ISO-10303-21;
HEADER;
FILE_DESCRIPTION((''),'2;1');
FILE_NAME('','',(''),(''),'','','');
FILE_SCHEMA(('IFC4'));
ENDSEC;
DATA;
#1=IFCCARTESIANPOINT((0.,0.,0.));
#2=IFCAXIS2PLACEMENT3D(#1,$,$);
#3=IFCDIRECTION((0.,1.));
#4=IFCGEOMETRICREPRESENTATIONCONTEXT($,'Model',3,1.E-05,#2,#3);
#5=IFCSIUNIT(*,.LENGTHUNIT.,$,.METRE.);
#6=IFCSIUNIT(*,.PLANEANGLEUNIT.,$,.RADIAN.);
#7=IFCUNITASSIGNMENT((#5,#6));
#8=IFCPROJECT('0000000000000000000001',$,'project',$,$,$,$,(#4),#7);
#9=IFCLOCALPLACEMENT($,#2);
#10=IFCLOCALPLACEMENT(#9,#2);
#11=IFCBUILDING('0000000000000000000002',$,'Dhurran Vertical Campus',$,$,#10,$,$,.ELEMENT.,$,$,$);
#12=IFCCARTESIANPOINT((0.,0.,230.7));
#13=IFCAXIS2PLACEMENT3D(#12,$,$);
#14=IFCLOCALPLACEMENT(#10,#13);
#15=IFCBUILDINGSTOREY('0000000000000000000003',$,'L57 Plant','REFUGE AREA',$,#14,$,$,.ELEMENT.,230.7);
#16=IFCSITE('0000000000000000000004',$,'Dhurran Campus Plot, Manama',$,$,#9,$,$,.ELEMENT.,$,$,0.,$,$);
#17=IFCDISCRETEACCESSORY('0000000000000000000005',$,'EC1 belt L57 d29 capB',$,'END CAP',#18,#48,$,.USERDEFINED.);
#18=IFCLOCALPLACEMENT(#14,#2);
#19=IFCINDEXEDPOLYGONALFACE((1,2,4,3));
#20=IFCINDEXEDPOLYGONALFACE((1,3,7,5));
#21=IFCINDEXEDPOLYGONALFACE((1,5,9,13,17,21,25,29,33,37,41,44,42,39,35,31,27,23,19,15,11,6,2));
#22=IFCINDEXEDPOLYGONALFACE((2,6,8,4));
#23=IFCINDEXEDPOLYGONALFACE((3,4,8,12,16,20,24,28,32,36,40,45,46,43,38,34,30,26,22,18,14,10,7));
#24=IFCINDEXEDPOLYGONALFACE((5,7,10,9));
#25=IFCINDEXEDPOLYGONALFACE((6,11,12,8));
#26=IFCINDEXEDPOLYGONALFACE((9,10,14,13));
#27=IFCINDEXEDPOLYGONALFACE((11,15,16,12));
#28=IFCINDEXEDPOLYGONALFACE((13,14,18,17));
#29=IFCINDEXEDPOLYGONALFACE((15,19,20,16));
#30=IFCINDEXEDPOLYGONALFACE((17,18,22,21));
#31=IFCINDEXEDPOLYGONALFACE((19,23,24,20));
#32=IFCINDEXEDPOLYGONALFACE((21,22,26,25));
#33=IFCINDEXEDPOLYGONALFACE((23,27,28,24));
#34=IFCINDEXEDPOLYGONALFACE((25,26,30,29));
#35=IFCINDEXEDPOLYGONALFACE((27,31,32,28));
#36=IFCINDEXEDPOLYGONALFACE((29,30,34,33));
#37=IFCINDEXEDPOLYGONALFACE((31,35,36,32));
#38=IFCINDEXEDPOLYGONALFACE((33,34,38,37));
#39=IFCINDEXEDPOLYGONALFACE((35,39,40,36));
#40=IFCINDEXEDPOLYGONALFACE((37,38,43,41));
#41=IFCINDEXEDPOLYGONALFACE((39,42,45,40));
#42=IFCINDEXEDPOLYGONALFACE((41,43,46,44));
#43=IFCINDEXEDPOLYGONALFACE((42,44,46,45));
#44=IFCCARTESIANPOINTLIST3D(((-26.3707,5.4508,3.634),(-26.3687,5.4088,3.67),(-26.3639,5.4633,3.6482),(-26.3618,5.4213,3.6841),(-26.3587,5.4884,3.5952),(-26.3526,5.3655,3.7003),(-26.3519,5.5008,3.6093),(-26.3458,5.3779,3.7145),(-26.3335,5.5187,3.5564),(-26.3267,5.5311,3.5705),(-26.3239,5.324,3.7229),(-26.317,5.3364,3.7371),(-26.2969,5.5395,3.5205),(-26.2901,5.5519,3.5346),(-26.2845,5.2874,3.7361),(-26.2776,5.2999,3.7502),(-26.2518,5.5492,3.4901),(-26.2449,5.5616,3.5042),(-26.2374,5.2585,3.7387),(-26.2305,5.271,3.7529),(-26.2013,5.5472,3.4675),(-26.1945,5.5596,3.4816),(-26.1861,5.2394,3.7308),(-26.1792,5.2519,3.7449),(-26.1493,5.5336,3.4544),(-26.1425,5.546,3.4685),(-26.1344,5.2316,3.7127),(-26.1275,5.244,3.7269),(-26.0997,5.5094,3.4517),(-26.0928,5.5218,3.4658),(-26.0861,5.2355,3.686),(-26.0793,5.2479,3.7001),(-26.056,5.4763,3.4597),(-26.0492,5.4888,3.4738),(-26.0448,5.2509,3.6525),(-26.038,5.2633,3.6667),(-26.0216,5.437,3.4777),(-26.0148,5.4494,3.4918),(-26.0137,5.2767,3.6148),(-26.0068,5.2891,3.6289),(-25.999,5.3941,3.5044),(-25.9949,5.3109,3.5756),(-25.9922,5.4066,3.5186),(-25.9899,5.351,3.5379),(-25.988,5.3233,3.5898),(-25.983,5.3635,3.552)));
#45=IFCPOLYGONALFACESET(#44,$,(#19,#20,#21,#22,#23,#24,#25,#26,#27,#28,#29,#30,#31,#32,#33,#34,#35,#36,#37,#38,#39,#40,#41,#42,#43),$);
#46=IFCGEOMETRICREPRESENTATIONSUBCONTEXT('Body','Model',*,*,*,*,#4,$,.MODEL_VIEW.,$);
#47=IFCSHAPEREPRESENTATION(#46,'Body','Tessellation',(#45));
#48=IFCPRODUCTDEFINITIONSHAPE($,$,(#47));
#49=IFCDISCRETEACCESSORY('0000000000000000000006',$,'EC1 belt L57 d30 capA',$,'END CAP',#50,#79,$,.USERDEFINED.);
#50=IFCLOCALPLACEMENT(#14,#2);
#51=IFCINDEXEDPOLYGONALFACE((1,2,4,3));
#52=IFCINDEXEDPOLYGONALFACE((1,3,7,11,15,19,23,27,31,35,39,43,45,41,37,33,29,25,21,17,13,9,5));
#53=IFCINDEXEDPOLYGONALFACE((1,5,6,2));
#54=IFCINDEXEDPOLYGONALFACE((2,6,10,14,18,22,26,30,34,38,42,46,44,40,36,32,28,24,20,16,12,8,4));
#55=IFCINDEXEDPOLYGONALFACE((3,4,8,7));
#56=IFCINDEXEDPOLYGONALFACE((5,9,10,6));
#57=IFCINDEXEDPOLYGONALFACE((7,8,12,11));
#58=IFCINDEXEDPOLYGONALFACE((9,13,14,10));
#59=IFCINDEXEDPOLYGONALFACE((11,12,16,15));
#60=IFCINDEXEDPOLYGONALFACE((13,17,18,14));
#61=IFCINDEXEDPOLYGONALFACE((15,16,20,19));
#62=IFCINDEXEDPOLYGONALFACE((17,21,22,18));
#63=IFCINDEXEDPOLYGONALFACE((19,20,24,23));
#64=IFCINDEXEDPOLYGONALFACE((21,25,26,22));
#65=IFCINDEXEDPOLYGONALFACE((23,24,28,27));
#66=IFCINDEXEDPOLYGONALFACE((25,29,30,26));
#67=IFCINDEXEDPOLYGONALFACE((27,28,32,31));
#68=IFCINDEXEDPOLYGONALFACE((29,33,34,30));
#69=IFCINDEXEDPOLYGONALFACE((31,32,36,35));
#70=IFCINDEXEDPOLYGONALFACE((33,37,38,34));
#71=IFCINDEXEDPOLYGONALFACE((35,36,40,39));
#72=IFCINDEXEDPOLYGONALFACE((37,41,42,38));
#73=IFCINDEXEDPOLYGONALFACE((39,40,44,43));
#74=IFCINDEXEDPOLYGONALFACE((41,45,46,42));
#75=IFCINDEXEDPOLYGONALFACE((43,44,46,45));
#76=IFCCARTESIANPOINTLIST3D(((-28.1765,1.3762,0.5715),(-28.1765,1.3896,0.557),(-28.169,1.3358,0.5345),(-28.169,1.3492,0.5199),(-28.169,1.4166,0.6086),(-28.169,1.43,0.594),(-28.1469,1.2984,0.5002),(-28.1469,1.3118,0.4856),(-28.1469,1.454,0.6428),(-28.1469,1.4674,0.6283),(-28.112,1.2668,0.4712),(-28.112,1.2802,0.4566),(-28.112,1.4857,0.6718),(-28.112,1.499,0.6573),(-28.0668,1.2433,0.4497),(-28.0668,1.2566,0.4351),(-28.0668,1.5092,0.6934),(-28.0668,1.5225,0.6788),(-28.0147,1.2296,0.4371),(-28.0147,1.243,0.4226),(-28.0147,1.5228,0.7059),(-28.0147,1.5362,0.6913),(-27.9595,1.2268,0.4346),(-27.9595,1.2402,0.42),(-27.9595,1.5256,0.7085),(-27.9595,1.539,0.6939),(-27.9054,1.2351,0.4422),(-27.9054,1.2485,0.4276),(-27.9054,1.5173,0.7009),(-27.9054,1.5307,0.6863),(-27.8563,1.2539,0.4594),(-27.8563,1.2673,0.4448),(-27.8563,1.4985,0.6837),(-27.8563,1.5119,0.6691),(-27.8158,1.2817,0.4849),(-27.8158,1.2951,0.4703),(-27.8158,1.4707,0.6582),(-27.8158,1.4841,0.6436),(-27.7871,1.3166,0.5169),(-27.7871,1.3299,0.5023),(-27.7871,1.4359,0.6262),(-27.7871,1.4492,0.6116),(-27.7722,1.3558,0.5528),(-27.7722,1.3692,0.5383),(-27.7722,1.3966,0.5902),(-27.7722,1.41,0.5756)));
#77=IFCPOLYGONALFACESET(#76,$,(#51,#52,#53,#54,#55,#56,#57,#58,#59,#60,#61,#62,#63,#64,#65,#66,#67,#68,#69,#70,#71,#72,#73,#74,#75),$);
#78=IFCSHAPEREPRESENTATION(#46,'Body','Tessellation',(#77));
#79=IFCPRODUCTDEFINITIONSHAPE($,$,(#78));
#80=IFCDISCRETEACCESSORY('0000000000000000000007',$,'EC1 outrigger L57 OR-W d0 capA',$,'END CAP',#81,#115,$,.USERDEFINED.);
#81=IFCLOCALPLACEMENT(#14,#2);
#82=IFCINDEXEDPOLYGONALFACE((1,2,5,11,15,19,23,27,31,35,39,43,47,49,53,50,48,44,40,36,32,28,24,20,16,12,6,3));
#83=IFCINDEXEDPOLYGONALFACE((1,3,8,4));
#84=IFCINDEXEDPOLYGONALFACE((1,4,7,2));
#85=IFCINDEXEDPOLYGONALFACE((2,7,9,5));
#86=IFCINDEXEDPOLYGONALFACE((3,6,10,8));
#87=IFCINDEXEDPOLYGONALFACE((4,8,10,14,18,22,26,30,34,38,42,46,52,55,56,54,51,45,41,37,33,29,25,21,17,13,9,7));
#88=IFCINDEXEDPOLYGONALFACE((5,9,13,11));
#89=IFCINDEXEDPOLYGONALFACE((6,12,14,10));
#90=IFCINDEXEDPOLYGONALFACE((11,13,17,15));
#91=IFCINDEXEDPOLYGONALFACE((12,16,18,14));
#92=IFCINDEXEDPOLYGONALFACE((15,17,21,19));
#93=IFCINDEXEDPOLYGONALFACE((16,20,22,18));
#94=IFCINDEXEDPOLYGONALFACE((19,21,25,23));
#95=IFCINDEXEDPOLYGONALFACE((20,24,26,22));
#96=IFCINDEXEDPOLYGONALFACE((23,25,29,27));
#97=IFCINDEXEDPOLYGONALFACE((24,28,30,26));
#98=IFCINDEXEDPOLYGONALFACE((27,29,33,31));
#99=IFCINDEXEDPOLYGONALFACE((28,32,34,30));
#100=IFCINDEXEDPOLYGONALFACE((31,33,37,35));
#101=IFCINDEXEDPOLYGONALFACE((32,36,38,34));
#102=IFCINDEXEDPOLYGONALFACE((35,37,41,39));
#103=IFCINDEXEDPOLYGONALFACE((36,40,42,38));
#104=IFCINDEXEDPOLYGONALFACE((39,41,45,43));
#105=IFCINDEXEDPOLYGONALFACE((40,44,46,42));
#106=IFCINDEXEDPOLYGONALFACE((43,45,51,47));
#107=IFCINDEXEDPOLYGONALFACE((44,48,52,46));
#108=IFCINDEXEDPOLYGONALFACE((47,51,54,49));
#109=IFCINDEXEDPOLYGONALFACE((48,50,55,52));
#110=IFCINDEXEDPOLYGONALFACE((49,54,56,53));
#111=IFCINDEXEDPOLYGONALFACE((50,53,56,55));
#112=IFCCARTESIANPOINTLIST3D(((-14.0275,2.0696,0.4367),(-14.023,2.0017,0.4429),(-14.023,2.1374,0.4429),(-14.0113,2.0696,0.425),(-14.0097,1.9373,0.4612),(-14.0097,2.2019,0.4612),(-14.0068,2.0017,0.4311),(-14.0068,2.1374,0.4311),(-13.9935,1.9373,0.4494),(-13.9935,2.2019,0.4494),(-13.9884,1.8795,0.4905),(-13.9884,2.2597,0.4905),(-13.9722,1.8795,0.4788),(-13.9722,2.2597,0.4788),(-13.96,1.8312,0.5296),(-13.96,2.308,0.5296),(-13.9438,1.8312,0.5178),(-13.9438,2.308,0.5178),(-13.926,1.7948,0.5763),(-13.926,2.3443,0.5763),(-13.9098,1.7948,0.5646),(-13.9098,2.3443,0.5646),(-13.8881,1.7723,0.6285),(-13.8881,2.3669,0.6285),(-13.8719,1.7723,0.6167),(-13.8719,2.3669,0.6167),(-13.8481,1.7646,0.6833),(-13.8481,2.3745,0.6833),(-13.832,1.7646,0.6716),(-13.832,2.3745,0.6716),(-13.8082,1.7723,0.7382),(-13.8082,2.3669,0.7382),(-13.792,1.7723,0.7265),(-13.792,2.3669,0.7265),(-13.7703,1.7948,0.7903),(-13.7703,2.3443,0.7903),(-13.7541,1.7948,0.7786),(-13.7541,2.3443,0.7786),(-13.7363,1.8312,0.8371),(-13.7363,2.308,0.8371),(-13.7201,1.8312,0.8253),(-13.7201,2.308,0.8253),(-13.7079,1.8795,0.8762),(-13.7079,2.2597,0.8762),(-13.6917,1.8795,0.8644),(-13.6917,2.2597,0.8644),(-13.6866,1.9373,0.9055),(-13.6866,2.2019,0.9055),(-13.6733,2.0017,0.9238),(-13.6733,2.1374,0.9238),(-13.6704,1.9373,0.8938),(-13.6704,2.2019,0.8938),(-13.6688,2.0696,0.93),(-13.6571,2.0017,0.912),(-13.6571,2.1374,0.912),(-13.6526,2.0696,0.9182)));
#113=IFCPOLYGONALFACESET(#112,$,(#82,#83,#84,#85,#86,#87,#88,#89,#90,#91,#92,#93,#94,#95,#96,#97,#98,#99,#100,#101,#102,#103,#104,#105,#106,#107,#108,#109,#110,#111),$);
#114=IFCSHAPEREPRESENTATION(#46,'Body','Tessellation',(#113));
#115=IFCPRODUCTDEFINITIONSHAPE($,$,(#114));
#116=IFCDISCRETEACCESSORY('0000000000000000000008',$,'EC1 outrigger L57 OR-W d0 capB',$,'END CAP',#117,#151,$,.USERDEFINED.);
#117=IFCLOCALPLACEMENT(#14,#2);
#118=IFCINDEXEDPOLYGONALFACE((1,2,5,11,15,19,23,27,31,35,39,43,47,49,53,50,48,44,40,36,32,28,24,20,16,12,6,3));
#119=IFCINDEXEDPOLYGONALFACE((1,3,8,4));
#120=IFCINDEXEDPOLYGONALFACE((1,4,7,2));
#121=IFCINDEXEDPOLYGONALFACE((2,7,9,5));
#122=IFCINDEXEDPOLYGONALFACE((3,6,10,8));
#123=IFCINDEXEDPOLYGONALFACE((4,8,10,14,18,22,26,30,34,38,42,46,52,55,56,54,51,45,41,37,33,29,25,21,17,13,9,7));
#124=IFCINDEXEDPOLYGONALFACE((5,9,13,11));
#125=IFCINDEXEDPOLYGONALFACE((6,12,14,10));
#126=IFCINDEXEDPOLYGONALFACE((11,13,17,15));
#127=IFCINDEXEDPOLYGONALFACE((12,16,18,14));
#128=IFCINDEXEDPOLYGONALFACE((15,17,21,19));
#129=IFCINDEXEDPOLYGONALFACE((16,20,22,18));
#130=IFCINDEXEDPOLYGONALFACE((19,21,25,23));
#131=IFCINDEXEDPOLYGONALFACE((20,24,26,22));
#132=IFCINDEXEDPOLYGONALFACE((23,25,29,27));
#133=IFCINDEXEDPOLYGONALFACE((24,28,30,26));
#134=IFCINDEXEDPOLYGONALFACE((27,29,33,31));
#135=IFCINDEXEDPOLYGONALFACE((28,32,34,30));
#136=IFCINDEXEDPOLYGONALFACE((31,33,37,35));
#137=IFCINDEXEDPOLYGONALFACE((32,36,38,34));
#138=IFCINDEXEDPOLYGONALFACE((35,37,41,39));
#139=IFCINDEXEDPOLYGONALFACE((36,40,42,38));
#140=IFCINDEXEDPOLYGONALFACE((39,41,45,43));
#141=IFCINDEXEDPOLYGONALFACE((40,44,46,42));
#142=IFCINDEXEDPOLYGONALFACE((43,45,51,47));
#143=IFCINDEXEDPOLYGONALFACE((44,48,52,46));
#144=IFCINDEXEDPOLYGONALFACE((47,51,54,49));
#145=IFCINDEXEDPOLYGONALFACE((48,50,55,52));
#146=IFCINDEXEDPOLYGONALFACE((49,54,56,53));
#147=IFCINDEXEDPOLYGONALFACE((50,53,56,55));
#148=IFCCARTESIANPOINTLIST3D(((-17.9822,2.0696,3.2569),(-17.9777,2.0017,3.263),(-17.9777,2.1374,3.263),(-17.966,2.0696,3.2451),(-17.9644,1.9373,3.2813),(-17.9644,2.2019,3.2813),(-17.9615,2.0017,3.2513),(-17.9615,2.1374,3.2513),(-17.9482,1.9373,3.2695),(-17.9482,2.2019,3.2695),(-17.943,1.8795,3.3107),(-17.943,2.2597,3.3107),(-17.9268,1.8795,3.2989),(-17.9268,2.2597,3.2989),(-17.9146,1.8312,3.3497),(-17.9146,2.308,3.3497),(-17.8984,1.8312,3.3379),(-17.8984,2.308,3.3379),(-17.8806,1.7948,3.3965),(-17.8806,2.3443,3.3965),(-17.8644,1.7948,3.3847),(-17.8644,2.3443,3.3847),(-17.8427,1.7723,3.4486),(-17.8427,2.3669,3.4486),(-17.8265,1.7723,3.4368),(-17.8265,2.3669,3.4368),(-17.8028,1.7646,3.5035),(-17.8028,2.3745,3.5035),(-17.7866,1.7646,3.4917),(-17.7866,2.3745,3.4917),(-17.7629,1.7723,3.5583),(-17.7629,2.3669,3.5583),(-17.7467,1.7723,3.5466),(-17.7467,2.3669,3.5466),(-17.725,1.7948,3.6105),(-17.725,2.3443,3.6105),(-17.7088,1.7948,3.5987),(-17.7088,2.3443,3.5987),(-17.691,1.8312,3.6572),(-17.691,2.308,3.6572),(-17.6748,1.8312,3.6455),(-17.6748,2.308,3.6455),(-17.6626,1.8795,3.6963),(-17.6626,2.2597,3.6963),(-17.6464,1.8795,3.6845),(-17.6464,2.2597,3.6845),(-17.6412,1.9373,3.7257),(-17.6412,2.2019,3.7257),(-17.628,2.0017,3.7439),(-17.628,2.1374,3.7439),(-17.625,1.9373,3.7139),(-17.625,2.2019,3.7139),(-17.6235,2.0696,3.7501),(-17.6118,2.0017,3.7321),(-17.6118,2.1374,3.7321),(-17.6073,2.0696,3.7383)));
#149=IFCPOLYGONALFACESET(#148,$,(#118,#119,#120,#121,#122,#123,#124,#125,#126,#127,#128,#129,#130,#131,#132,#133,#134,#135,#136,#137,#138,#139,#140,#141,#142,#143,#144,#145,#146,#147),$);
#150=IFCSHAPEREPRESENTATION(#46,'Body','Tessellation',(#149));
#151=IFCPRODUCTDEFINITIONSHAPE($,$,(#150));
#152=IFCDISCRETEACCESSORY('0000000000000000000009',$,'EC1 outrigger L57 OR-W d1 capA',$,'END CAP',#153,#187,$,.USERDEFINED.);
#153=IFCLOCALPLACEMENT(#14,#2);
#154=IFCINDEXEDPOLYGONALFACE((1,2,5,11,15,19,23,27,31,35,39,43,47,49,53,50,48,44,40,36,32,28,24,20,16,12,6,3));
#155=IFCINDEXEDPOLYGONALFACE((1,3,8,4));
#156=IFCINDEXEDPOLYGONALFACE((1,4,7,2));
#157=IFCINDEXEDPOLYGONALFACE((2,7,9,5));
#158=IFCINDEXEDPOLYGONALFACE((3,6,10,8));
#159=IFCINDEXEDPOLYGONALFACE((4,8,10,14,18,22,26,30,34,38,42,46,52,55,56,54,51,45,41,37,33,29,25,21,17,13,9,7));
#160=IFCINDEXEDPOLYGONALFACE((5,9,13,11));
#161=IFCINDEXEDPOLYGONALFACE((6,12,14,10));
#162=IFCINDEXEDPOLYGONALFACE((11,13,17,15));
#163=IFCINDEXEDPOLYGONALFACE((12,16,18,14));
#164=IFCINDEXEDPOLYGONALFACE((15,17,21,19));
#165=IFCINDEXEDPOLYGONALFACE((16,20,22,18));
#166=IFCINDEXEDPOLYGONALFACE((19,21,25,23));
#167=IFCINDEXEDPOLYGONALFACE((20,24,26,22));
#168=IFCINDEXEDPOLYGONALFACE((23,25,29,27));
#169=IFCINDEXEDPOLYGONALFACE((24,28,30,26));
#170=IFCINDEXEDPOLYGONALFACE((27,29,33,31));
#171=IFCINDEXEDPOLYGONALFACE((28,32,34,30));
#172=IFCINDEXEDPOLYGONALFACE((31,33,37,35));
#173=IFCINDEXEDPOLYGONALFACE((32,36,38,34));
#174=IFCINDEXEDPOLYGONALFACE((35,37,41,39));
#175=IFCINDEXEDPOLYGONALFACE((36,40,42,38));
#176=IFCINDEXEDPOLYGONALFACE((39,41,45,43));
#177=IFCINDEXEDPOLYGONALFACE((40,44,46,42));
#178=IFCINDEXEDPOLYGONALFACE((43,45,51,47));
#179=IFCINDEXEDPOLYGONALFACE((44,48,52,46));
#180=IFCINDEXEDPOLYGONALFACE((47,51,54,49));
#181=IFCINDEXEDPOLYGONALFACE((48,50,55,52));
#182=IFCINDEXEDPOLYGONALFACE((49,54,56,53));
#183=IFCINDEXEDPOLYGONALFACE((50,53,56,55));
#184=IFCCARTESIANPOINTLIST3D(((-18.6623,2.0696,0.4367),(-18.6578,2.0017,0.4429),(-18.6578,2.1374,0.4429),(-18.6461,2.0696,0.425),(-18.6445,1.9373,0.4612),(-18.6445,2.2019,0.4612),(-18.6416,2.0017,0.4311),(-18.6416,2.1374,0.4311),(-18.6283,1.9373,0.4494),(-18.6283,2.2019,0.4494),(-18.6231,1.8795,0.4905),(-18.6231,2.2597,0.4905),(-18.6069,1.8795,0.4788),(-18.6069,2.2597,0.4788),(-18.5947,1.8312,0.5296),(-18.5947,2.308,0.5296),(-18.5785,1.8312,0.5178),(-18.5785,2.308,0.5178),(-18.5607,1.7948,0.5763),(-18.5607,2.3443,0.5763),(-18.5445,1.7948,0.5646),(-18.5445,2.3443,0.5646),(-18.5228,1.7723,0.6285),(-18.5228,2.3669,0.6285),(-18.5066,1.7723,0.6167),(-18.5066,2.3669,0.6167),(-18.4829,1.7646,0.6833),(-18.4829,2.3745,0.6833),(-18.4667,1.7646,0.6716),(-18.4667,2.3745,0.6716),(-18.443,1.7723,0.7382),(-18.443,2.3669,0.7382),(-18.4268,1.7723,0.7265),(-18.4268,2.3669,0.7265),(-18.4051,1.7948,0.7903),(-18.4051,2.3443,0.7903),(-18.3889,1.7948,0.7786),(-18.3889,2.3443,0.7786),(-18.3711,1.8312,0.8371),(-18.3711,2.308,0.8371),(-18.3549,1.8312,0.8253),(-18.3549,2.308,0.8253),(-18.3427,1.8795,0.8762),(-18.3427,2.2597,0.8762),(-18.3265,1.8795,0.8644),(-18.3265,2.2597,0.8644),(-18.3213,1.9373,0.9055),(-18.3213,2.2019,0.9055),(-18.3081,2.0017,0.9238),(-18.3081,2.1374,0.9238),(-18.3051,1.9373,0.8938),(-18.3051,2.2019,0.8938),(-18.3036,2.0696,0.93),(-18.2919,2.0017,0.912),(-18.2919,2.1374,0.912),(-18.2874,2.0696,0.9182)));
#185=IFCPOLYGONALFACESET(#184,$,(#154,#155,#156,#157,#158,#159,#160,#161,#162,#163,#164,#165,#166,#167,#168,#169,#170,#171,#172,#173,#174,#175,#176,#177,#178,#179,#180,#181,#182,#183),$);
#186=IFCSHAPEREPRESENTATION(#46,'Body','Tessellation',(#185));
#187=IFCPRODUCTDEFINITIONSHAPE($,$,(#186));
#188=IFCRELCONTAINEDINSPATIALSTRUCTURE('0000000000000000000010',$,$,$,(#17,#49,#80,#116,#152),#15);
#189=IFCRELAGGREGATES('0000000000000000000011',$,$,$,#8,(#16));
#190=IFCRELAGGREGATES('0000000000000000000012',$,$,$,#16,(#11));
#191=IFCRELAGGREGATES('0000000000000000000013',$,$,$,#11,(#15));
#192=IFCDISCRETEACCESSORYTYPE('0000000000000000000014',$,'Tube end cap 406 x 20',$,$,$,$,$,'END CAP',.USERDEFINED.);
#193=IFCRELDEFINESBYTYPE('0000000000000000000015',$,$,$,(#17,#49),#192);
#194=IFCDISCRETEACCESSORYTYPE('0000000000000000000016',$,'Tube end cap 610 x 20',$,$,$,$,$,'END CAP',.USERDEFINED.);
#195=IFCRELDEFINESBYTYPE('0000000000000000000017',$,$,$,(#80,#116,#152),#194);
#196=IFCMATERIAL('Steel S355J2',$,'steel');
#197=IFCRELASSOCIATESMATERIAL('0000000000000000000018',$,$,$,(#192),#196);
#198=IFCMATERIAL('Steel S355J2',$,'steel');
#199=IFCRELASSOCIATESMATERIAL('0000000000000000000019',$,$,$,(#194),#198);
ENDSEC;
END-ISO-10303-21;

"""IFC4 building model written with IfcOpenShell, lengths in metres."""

from ifc_helpers import new_model, si_unit, direction, frame, origin, origin_2d, place, context, subcontext, project, spatial, circle, extrude, material, material_profile, profile_set, type_object, element, save


model = new_model("IFC4")

# Units and contexts
model_context = context("Model", 3, precision=1e-05, world=origin(), true_north=direction((0.0, 1.0)))
body_context = subcontext(model_context, "Body", "Model", "MODEL_VIEW")
ifc_project = project(units=[si_unit("LENGTHUNIT", "METRE"), si_unit("PLANEANGLEUNIT", "RADIAN")], contexts=[model_context])

# Site, building, storey
site_placement = place(None, origin())
site = spatial("IfcSite", under=ifc_project, at=site_placement, Name="Dhurran Campus Plot, Manama", CompositionType="ELEMENT", RefElevation=0.0)
building_placement = place(site_placement, origin())
building = spatial("IfcBuilding", under=site, at=building_placement, Name="Dhurran Vertical Campus", CompositionType="ELEMENT")
storey_placement = place(building_placement, frame((0.0, 0.0, 230.7)))
storey = spatial("IfcBuildingStorey", under=building, at=storey_placement, Name="L57 Plant", Description="REFUGE AREA", CompositionType="ELEMENT", Elevation=230.7)

# Discrete accessories
ifc_material_1 = material(Name="Steel S355J2", Category="steel")
ifc_material_profile_1 = material_profile(ifc_material_1, circle(Radius=0.2031, at=origin_2d()), Name="Tube end cap 406 x 20")
ifc_profile_set_1 = profile_set([ifc_material_profile_1], Name="Steel S355J2")
discrete_accessory_type_1 = type_object("IfcDiscreteAccessoryType", Name="Tube end cap 406 x 20", ElementType="END CAP", PredefinedType="USERDEFINED", material=ifc_profile_set_1)
for number, where, z_axis, x_axis, name in (
    (1, (-26.1807, 5.3906, 3.5952), (0.34083, 0.620798, 0.706006), (-0.876579, 0.481259, 0.0), "EC1 belt L57 d29 capB"),
):
    element("IfcDiscreteAccessory", number, at=place(storey_placement, frame(where, z_axis=z_axis, x_axis=x_axis)), inside=storey, type_object=discrete_accessory_type_1, Name=name, ObjectType="END CAP", PredefinedType="USERDEFINED", context=body_context, shape_type="SweptSolid", body=[
        extrude(circle(Radius=0.2031, at=origin_2d()), origin(), (0.0, 0.0, 1.0), 0.02),
    ])
discrete_accessory_placement = place(storey_placement, frame((-27.9734, 1.3762, 0.5715), z_axis=(0.0, 0.675725, -0.737154), x_axis=(-1.0, 0.0, 0.0)))
element("IfcDiscreteAccessory", 2, at=discrete_accessory_placement, inside=storey, type_object=discrete_accessory_type_1, Name="EC1 belt L57 d30 capA", ObjectType="END CAP", PredefinedType="USERDEFINED", context=body_context, shape_type="SweptSolid", body=[
    extrude(circle(Radius=0.2031, at=origin_2d()), origin(), (0.0, 0.0, 1.0), 0.0198),
])
ifc_material_2 = material(Name="Steel S355J2", Category="steel")
ifc_material_profile_2 = material_profile(ifc_material_2, circle(Radius=0.3049, at=origin_2d()), Name="Tube end cap 610 x 20")
ifc_profile_set_2 = profile_set([ifc_material_profile_2], Name="Steel S355J2")
discrete_accessory_type_2 = type_object("IfcDiscreteAccessoryType", Name="Tube end cap 610 x 20", ElementType="END CAP", PredefinedType="USERDEFINED", material=ifc_profile_set_2)
for number, where, z_axis, x_axis, name in (
    (3, (-13.8481, 2.0696, 0.6833), (0.808736, 0.0, -0.588172), (0.0, 1.0, 0.0), "EC1 outrigger L57 OR-W d0 capA"),
    (4, (-17.7866, 2.0696, 3.4917), (-0.808736, 0.0, 0.588172), (0.0, -1.0, 0.0), "EC1 outrigger L57 OR-W d0 capB"),
    (5, (-18.4829, 2.0696, 0.6833), (0.808736, 0.0, -0.588172), (0.0, 1.0, 0.0), "EC1 outrigger L57 OR-W d1 capA"),
):
    element("IfcDiscreteAccessory", number, at=place(storey_placement, frame(where, z_axis=z_axis, x_axis=x_axis)), inside=storey, type_object=discrete_accessory_type_2, Name=name, ObjectType="END CAP", PredefinedType="USERDEFINED", context=body_context, shape_type="SweptSolid", body=[
        extrude(circle(Radius=0.3049, at=origin_2d()), origin(), (0.0, 0.0, 1.0), 0.02),
    ])

save(model, "model.ifc")
